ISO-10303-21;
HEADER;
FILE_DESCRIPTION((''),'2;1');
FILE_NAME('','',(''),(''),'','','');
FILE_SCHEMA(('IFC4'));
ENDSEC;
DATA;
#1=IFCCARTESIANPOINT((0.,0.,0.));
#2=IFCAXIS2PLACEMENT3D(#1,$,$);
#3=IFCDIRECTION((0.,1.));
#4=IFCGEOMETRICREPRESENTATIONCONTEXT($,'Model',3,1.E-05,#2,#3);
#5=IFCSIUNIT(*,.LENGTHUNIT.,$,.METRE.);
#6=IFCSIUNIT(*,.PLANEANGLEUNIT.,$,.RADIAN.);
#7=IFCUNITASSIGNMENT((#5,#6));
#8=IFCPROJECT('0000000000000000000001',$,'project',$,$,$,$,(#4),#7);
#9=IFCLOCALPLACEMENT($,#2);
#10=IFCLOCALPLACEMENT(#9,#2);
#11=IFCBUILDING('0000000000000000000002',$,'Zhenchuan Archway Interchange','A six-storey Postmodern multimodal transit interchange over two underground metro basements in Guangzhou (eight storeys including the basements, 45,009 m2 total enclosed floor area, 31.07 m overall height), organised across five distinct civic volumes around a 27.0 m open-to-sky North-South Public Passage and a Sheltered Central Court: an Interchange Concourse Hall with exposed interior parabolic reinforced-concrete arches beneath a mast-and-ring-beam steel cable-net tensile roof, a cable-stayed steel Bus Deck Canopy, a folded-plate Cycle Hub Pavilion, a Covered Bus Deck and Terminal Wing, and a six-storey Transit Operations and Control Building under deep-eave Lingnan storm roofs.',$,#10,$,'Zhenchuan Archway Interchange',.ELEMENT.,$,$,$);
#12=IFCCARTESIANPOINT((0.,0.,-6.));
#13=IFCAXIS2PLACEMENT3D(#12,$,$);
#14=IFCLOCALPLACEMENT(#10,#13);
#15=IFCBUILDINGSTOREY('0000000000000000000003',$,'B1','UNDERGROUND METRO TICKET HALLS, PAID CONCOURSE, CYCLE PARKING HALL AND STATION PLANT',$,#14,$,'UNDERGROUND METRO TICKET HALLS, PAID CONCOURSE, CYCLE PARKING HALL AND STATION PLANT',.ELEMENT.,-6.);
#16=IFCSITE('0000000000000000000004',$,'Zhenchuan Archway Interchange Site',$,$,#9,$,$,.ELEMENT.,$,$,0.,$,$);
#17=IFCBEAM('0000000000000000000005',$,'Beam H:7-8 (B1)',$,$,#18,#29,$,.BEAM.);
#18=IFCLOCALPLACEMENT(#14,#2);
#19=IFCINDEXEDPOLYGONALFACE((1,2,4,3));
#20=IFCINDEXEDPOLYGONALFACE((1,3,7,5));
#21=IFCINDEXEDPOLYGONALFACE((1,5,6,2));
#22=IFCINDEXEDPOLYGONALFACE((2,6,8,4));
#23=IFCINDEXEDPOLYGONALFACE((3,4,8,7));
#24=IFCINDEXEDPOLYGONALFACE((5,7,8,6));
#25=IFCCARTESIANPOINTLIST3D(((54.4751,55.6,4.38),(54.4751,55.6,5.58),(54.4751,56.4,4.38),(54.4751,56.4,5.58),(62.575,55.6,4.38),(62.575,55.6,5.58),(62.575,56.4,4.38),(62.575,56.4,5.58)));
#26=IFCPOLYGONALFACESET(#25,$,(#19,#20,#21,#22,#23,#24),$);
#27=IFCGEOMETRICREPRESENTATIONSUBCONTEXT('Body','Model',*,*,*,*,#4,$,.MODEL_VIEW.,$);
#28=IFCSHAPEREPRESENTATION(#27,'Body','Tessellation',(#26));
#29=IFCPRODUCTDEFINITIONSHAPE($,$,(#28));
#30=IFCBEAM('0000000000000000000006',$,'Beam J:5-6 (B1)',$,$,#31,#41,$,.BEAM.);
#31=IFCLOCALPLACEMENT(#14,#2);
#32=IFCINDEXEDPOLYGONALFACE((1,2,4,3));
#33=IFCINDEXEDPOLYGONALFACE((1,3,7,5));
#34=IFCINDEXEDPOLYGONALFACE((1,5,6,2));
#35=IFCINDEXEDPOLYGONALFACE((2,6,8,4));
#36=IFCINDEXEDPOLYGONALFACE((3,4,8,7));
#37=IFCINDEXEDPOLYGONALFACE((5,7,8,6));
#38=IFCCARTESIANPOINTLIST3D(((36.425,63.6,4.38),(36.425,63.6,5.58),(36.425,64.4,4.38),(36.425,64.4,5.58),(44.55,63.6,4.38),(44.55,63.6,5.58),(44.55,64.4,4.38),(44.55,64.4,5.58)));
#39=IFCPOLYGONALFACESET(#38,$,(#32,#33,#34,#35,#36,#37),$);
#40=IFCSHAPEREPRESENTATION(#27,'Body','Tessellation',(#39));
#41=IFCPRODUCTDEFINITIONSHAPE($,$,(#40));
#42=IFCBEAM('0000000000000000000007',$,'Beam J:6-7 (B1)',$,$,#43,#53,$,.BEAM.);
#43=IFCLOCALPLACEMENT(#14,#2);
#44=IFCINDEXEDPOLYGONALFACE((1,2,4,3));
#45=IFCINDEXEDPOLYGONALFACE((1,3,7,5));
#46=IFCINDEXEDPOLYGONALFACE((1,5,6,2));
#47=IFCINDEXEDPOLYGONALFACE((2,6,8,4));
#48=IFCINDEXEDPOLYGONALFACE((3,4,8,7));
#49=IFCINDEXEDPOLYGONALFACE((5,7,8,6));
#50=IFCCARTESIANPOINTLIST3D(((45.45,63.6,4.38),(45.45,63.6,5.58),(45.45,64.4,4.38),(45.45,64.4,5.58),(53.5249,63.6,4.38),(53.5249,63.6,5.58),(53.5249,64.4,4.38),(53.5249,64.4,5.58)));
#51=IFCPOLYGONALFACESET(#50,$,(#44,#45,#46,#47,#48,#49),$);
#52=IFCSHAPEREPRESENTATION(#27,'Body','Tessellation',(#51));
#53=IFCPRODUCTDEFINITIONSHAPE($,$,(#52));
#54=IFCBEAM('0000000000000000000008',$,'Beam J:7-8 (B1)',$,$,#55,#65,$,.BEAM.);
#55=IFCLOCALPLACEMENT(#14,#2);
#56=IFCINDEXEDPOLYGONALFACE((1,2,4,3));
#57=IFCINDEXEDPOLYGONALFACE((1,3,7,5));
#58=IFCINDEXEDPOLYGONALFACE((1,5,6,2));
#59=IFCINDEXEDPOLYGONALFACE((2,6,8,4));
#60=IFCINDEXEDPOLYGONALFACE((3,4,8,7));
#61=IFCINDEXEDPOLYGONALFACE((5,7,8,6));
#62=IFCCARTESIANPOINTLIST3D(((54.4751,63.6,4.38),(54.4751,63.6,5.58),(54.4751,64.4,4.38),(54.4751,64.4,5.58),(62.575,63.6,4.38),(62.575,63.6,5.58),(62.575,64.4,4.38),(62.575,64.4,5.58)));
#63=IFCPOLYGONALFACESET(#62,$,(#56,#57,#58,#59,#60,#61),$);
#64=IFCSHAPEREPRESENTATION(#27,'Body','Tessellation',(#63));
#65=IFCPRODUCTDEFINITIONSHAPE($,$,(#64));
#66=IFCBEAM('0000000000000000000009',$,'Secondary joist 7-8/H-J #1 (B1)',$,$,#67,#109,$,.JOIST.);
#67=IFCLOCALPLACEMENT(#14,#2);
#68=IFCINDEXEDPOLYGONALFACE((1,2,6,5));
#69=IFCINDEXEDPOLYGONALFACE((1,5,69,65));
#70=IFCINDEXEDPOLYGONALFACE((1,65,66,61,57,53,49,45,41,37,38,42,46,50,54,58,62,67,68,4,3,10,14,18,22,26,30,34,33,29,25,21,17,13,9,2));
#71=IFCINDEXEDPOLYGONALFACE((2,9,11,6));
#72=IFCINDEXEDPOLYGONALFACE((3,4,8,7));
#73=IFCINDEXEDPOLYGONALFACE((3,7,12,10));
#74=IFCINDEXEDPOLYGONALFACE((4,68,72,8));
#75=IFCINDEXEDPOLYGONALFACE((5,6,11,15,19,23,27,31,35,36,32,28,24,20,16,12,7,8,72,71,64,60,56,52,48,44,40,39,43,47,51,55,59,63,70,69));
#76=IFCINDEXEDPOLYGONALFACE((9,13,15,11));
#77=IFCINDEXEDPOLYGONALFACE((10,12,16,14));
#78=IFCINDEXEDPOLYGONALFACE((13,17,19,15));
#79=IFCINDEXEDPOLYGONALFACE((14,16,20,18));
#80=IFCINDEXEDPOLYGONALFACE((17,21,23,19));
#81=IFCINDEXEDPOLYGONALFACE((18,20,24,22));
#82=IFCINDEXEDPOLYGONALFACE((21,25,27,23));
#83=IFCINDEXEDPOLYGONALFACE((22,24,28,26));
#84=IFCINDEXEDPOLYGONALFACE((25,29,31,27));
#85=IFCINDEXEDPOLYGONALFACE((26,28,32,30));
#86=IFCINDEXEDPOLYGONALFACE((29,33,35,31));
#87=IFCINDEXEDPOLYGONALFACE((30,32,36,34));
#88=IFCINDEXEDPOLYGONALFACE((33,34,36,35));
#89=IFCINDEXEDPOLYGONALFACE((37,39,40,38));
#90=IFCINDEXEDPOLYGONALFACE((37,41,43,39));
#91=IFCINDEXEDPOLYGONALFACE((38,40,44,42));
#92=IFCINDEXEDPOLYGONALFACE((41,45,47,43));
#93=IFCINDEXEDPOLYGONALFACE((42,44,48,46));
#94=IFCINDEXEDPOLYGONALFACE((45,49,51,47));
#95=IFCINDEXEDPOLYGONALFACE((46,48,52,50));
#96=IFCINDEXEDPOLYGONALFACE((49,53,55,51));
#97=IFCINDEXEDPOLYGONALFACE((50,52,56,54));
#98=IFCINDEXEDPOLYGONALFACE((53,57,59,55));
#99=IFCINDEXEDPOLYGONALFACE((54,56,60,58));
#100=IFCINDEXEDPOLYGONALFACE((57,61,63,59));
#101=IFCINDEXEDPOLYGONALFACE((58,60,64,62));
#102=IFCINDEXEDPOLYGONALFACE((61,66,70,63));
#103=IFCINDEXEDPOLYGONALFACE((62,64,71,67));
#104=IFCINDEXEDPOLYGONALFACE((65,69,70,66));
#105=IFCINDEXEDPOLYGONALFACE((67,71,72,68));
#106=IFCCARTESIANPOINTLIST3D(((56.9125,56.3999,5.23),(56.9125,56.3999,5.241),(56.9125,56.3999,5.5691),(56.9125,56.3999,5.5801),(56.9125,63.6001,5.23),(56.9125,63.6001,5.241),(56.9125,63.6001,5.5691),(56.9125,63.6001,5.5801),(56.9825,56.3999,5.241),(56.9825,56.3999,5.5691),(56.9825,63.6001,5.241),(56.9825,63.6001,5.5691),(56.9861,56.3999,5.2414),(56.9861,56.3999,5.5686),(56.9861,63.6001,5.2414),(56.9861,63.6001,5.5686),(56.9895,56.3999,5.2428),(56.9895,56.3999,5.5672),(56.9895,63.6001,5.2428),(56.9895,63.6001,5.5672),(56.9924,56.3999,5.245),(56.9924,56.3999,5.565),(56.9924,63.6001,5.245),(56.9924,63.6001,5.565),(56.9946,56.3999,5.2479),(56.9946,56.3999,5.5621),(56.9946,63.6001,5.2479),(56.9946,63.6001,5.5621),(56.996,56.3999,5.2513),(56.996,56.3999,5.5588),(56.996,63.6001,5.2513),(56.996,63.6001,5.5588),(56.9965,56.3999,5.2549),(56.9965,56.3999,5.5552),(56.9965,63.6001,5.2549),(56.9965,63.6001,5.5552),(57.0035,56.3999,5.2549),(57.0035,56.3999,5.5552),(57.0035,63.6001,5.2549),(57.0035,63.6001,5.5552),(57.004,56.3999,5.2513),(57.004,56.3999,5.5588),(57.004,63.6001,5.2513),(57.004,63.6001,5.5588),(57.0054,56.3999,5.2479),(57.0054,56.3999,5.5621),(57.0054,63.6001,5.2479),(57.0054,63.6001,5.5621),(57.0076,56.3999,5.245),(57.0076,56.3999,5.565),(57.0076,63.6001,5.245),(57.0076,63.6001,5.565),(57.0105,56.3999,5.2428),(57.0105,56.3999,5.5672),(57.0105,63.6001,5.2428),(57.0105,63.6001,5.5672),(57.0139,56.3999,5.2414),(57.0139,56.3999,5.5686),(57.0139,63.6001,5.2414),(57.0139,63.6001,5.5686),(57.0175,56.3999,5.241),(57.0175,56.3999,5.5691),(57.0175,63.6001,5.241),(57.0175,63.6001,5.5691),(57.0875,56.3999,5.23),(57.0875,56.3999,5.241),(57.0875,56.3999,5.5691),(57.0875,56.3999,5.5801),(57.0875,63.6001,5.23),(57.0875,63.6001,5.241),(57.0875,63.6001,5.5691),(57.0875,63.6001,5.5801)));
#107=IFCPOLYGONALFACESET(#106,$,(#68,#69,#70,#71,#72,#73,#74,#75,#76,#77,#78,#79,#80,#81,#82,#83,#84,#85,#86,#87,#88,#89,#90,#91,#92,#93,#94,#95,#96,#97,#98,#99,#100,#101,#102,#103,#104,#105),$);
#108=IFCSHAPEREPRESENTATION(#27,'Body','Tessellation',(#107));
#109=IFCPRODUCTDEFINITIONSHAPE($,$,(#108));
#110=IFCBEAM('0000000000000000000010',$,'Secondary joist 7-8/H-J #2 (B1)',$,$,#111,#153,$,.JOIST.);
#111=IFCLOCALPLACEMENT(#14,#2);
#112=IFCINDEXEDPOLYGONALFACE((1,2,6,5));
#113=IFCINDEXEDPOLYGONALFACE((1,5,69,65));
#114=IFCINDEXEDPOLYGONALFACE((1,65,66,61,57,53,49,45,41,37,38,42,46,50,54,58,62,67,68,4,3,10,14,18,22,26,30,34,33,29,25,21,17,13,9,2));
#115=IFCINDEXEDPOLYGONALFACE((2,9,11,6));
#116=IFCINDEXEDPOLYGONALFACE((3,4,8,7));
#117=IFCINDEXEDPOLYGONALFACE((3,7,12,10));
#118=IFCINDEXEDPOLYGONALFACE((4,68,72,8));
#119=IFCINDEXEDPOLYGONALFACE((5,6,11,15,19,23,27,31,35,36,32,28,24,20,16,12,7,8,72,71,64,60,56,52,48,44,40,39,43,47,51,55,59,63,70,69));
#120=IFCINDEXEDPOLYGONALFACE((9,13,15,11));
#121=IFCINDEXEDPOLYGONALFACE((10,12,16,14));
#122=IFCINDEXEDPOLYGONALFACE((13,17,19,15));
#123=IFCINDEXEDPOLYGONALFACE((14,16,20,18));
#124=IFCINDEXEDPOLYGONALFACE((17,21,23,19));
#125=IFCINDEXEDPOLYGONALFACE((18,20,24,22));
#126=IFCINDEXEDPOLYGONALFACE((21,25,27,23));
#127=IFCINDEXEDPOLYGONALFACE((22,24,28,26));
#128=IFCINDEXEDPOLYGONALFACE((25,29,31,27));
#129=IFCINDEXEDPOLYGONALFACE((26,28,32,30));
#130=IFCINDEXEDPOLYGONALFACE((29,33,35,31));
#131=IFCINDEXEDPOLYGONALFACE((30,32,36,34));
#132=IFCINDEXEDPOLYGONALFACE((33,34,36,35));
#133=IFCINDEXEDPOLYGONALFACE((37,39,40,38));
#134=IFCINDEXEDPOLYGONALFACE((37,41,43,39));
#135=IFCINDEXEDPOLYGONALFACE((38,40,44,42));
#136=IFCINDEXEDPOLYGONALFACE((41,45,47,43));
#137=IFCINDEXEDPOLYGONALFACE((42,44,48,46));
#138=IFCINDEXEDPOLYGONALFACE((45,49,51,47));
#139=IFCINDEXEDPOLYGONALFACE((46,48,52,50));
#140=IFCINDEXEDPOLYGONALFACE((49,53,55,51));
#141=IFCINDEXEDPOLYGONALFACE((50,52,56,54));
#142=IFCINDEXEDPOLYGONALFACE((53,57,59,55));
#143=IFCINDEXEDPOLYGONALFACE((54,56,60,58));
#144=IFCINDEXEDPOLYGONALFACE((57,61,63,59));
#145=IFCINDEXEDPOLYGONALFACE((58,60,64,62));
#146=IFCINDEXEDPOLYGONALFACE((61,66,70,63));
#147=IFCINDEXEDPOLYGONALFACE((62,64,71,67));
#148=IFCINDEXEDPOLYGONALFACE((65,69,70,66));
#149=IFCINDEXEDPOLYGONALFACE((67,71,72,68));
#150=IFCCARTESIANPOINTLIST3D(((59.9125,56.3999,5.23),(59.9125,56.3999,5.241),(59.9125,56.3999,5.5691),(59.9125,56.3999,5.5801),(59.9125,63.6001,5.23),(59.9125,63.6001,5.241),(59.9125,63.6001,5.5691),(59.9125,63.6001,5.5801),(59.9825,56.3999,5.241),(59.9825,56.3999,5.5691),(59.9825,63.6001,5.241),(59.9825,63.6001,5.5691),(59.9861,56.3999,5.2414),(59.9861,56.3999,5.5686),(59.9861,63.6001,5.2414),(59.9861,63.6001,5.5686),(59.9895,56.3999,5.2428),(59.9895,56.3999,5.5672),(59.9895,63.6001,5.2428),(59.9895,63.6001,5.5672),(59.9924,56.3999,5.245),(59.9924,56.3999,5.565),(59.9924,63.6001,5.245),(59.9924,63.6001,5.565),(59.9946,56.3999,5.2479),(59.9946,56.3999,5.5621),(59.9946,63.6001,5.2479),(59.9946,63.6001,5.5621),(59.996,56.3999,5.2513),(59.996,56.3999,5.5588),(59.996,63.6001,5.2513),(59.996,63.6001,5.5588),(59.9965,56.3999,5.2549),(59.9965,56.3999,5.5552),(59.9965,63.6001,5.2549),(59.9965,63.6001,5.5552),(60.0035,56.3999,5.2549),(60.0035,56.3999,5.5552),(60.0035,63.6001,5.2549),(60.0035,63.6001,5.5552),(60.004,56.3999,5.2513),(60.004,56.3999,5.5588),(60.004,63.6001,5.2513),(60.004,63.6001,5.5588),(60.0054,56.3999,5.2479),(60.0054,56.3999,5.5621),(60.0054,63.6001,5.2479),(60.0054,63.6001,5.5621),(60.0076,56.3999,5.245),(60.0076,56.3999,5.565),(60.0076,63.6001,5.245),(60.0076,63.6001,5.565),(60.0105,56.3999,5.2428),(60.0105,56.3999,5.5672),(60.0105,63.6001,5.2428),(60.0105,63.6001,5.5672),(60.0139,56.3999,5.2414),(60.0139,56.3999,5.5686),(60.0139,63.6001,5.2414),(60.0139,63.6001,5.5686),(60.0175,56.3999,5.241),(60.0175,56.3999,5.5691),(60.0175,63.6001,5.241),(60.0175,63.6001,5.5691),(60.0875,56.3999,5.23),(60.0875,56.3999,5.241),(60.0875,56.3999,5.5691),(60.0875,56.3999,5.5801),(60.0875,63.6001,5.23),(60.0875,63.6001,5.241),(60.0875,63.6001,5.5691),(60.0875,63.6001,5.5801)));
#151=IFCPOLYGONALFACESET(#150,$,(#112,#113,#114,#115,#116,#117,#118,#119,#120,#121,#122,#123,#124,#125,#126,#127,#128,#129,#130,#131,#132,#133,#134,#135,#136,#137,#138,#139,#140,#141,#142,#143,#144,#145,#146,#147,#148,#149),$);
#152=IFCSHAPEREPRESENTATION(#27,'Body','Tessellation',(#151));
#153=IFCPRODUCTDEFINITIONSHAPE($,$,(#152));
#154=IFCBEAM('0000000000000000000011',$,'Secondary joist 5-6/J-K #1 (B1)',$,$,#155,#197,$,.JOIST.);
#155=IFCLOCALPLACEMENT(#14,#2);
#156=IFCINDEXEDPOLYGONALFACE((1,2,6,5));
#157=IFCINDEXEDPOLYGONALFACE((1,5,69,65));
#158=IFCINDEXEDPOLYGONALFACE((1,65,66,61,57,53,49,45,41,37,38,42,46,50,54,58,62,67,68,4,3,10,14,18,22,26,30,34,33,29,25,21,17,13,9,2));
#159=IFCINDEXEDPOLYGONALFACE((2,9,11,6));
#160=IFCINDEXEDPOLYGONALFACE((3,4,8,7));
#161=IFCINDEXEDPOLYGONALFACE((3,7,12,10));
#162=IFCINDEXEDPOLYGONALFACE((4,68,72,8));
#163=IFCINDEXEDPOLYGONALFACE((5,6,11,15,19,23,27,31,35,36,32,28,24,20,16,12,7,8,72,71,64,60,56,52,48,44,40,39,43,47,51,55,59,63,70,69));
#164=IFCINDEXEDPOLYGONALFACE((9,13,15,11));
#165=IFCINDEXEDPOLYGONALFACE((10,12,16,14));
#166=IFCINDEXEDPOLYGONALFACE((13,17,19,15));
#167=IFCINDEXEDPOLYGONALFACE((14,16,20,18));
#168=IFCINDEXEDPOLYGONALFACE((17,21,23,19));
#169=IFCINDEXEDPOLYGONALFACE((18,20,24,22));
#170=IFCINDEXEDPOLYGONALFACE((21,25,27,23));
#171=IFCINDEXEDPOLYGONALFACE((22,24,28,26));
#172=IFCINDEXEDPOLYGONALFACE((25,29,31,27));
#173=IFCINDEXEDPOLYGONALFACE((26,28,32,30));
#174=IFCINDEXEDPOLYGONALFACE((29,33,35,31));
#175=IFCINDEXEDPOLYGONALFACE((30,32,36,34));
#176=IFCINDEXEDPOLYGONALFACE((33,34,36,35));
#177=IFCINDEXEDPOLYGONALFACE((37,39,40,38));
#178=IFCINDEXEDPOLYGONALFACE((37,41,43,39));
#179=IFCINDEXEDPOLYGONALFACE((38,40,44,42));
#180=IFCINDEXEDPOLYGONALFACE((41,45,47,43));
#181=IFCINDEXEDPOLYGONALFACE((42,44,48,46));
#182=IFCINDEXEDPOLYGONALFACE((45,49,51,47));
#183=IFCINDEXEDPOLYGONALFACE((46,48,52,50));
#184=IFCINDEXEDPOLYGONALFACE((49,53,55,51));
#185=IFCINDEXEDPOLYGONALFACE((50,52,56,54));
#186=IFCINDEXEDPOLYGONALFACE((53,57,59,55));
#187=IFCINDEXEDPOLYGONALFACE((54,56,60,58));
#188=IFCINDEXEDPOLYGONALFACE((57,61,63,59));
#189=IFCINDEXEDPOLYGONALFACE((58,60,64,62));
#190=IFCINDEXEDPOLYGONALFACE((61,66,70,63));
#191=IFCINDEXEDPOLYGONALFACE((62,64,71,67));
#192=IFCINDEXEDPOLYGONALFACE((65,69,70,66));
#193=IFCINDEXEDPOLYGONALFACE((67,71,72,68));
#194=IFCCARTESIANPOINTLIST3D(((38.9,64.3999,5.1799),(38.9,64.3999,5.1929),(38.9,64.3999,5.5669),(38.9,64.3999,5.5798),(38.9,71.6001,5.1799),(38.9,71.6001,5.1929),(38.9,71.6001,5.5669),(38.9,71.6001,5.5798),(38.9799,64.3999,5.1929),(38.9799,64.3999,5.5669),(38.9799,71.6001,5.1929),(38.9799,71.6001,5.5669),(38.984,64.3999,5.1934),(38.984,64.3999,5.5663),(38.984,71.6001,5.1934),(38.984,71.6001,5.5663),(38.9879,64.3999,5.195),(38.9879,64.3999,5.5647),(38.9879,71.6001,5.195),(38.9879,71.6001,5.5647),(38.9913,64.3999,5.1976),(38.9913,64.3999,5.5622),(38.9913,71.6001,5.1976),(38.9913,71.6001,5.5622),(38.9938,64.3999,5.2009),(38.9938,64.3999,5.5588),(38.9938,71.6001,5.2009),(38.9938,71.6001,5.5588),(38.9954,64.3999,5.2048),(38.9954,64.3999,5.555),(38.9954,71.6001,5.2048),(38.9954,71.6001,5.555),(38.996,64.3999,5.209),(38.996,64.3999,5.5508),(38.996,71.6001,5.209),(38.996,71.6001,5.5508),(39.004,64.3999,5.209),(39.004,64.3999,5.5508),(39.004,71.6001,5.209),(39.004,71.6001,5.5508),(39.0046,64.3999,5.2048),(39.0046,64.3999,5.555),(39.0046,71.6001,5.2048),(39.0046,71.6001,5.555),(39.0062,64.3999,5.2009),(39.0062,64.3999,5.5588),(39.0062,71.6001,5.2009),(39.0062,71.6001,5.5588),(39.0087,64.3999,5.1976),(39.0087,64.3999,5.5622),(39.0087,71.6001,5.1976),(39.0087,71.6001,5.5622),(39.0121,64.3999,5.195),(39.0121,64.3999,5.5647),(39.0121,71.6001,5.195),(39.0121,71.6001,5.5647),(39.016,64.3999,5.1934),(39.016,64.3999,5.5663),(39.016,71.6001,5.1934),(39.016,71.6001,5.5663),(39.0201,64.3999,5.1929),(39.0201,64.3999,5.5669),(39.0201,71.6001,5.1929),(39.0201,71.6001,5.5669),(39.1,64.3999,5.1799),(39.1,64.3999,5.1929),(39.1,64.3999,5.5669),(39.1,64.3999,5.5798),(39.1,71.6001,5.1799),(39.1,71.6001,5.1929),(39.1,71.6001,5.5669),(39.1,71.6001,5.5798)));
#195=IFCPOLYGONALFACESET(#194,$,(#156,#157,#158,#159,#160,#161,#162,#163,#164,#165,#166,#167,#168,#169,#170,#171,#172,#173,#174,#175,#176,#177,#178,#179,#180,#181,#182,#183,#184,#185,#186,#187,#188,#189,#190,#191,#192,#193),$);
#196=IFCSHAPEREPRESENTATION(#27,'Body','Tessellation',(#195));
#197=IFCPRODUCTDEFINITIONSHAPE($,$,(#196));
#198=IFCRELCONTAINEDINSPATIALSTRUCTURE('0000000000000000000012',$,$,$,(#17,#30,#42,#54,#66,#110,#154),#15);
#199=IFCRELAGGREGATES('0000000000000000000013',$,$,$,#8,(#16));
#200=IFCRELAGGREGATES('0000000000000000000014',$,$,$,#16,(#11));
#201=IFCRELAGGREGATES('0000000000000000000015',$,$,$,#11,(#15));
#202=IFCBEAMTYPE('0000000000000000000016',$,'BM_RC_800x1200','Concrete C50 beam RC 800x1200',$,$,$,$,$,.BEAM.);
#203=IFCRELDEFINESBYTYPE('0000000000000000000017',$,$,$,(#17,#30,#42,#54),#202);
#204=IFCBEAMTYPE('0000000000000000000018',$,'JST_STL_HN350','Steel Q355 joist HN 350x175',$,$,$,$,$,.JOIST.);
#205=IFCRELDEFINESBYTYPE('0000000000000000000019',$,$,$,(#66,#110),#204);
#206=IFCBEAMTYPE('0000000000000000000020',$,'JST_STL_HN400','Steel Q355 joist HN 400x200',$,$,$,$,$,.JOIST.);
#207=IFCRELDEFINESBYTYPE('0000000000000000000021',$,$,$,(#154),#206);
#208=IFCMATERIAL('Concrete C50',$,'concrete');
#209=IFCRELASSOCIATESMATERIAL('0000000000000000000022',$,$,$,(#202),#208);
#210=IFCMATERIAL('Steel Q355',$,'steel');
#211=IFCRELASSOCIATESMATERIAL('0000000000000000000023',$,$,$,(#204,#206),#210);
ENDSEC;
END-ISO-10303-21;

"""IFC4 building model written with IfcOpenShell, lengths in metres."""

from ifc_helpers import new_model, si_unit, direction, frame, origin, origin_2d, place, context, subcontext, project, spatial, rectangle, i_section, extrude, material, material_profile, profile_set, type_object, element, save


model = new_model("IFC4")

# Units and contexts
model_context = context("Model", 3, precision=1e-05, world=origin(), true_north=direction((0.0, 1.0)))
body_context = subcontext(model_context, "Body", "Model", "MODEL_VIEW")
ifc_project = project(units=[si_unit("LENGTHUNIT", "METRE"), si_unit("PLANEANGLEUNIT", "RADIAN")], contexts=[model_context])

# Site, building, storey
site_placement = place(None, origin())
site = spatial("IfcSite", under=ifc_project, at=site_placement, Name="Zhenchuan Archway Interchange Site", CompositionType="ELEMENT", RefElevation=0.0)
building_placement = place(site_placement, origin())
building = spatial("IfcBuilding", under=site, at=building_placement, Name="Zhenchuan Archway Interchange", Description="A six-storey Postmodern multimodal transit interchange over two underground metro basements in Guangzhou (eight storeys including the basements, 45,009 m2 total enclosed floor area, 31.07 m overall height), organised across five distinct civic volumes around a 27.0 m open-to-sky North-South Public Passage and a Sheltered Central Court: an Interchange Concourse Hall with exposed interior parabolic reinforced-concrete arches beneath a mast-and-ring-beam steel cable-net tensile roof, a cable-stayed steel Bus Deck Canopy, a folded-plate Cycle Hub Pavilion, a Covered Bus Deck and Terminal Wing, and a six-storey Transit Operations and Control Building under deep-eave Lingnan storm roofs.", LongName="Zhenchuan Archway Interchange", CompositionType="ELEMENT")
storey_placement = place(building_placement, frame((0.0, 0.0, -6.0)))
storey = spatial("IfcBuildingStorey", under=building, at=storey_placement, Name="B1", Description="UNDERGROUND METRO TICKET HALLS, PAID CONCOURSE, CYCLE PARKING HALL AND STATION PLANT", LongName="UNDERGROUND METRO TICKET HALLS, PAID CONCOURSE, CYCLE PARKING HALL AND STATION PLANT", CompositionType="ELEMENT", Elevation=-6.0)

# Shared definitions
ifc_material_1 = material(Name="Concrete C50", Category="concrete")

# Beams
ifc_material_profile_1 = material_profile(ifc_material_1, rectangle(XDim=0.8, YDim=1.2, at=origin_2d()), Name="RC 800x1200")
ifc_profile_set_1 = profile_set([ifc_material_profile_1], Name="Concrete C50")
beam_type_1 = type_object("IfcBeamType", Name="BM_RC_800x1200", Description="Concrete C50 beam RC 800x1200", PredefinedType="BEAM", material=ifc_profile_set_1)
beam_1_placement = place(storey_placement, frame((54.4751, 56.0, 4.98), z_axis=(1.0, 0.0, 0.0), x_axis=(0.0, 1.0, 0.0)))
element("IfcBeam", 1, at=beam_1_placement, inside=storey, type_object=beam_type_1, Name="Beam H:7-8 (B1)", PredefinedType="BEAM", context=body_context, shape_type="SweptSolid", body=[
    extrude(rectangle(XDim=0.8, YDim=1.2, at=origin_2d()), origin(), (0.0, 0.0, 1.0), 8.0999),
])
beam_2_placement = place(storey_placement, frame((36.425, 64.0, 4.98), z_axis=(1.0, 0.0, 0.0), x_axis=(0.0, 1.0, 0.0)))
element("IfcBeam", 2, at=beam_2_placement, inside=storey, type_object=beam_type_1, Name="Beam J:5-6 (B1)", PredefinedType="BEAM", context=body_context, shape_type="SweptSolid", body=[
    extrude(rectangle(XDim=0.8, YDim=1.2, at=origin_2d()), origin(), (0.0, 0.0, 1.0), 8.125),
])
beam_3_placement = place(storey_placement, frame((45.45, 64.0, 4.98), z_axis=(1.0, 0.0, 0.0), x_axis=(0.0, 1.0, 0.0)))
element("IfcBeam", 3, at=beam_3_placement, inside=storey, type_object=beam_type_1, Name="Beam J:6-7 (B1)", PredefinedType="BEAM", context=body_context, shape_type="SweptSolid", body=[
    extrude(rectangle(XDim=0.8, YDim=1.2, at=origin_2d()), origin(), (0.0, 0.0, 1.0), 8.075),
])
beam_4_placement = place(storey_placement, frame((54.4751, 64.0, 4.98), z_axis=(1.0, 0.0, 0.0), x_axis=(0.0, 1.0, 0.0)))
element("IfcBeam", 4, at=beam_4_placement, inside=storey, type_object=beam_type_1, Name="Beam J:7-8 (B1)", PredefinedType="BEAM", context=body_context, shape_type="SweptSolid", body=[
    extrude(rectangle(XDim=0.8, YDim=1.2, at=origin_2d()), origin(), (0.0, 0.0, 1.0), 8.0999),
])
ifc_material_2 = material(Name="Steel Q355", Category="steel")
ifc_material_profile_2 = material_profile(ifc_material_2, i_section(OverallWidth=0.175, OverallDepth=0.3501, WebThickness=0.0071, FlangeThickness=0.011, FilletRadius=0.0139, at=origin_2d()), Name="HN 350x175")
ifc_profile_set_2 = profile_set([ifc_material_profile_2], Name="Steel Q355")
beam_type_2 = type_object("IfcBeamType", Name="JST_STL_HN350", Description="Steel Q355 joist HN 350x175", PredefinedType="JOIST", material=ifc_profile_set_2)
for number, where, z_axis, x_axis, name in (
    (5, (57.0, 56.3999, 5.405), (0.0, 1.0, 0.0), (-1.0, 0.0, 0.0), "Secondary joist 7-8/H-J #1 (B1)"),
    (6, (60.0, 56.3999, 5.405), (0.0, 1.0, 0.0), (-1.0, 0.0, 0.0), "Secondary joist 7-8/H-J #2 (B1)"),
):
    element("IfcBeam", number, at=place(storey_placement, frame(where, z_axis=z_axis, x_axis=x_axis)), inside=storey, type_object=beam_type_2, Name=name, PredefinedType="JOIST", context=body_context, shape_type="SweptSolid", body=[
        extrude(i_section(OverallWidth=0.175, OverallDepth=0.3501, WebThickness=0.0071, FlangeThickness=0.011, FilletRadius=0.0139, at=origin_2d()), origin(), (0.0, 0.0, 1.0), 7.2002),
    ])
ifc_material_profile_3 = material_profile(ifc_material_2, i_section(OverallWidth=0.2, OverallDepth=0.3999, WebThickness=0.0081, FlangeThickness=0.0129, FilletRadius=0.0161, at=origin_2d()), Name="HN 400x200")
ifc_profile_set_3 = profile_set([ifc_material_profile_3], Name="Steel Q355")
beam_type_3 = type_object("IfcBeamType", Name="JST_STL_HN400", Description="Steel Q355 joist HN 400x200", PredefinedType="JOIST", material=ifc_profile_set_3)
for number, where, z_axis, x_axis, name in (
    (7, (39.0, 64.3999, 5.3799), (0.0, 1.0, 0.0), (-1.0, 0.0, 0.0), "Secondary joist 5-6/J-K #1 (B1)"),
):
    element("IfcBeam", number, at=place(storey_placement, frame(where, z_axis=z_axis, x_axis=x_axis)), inside=storey, type_object=beam_type_3, Name=name, PredefinedType="JOIST", context=body_context, shape_type="SweptSolid", body=[
        extrude(i_section(OverallWidth=0.2, OverallDepth=0.3999, WebThickness=0.0081, FlangeThickness=0.0129, FilletRadius=0.0161, at=origin_2d()), origin(), (0.0, 0.0, 1.0), 7.2002),
    ])

save(model, "model.ifc")
